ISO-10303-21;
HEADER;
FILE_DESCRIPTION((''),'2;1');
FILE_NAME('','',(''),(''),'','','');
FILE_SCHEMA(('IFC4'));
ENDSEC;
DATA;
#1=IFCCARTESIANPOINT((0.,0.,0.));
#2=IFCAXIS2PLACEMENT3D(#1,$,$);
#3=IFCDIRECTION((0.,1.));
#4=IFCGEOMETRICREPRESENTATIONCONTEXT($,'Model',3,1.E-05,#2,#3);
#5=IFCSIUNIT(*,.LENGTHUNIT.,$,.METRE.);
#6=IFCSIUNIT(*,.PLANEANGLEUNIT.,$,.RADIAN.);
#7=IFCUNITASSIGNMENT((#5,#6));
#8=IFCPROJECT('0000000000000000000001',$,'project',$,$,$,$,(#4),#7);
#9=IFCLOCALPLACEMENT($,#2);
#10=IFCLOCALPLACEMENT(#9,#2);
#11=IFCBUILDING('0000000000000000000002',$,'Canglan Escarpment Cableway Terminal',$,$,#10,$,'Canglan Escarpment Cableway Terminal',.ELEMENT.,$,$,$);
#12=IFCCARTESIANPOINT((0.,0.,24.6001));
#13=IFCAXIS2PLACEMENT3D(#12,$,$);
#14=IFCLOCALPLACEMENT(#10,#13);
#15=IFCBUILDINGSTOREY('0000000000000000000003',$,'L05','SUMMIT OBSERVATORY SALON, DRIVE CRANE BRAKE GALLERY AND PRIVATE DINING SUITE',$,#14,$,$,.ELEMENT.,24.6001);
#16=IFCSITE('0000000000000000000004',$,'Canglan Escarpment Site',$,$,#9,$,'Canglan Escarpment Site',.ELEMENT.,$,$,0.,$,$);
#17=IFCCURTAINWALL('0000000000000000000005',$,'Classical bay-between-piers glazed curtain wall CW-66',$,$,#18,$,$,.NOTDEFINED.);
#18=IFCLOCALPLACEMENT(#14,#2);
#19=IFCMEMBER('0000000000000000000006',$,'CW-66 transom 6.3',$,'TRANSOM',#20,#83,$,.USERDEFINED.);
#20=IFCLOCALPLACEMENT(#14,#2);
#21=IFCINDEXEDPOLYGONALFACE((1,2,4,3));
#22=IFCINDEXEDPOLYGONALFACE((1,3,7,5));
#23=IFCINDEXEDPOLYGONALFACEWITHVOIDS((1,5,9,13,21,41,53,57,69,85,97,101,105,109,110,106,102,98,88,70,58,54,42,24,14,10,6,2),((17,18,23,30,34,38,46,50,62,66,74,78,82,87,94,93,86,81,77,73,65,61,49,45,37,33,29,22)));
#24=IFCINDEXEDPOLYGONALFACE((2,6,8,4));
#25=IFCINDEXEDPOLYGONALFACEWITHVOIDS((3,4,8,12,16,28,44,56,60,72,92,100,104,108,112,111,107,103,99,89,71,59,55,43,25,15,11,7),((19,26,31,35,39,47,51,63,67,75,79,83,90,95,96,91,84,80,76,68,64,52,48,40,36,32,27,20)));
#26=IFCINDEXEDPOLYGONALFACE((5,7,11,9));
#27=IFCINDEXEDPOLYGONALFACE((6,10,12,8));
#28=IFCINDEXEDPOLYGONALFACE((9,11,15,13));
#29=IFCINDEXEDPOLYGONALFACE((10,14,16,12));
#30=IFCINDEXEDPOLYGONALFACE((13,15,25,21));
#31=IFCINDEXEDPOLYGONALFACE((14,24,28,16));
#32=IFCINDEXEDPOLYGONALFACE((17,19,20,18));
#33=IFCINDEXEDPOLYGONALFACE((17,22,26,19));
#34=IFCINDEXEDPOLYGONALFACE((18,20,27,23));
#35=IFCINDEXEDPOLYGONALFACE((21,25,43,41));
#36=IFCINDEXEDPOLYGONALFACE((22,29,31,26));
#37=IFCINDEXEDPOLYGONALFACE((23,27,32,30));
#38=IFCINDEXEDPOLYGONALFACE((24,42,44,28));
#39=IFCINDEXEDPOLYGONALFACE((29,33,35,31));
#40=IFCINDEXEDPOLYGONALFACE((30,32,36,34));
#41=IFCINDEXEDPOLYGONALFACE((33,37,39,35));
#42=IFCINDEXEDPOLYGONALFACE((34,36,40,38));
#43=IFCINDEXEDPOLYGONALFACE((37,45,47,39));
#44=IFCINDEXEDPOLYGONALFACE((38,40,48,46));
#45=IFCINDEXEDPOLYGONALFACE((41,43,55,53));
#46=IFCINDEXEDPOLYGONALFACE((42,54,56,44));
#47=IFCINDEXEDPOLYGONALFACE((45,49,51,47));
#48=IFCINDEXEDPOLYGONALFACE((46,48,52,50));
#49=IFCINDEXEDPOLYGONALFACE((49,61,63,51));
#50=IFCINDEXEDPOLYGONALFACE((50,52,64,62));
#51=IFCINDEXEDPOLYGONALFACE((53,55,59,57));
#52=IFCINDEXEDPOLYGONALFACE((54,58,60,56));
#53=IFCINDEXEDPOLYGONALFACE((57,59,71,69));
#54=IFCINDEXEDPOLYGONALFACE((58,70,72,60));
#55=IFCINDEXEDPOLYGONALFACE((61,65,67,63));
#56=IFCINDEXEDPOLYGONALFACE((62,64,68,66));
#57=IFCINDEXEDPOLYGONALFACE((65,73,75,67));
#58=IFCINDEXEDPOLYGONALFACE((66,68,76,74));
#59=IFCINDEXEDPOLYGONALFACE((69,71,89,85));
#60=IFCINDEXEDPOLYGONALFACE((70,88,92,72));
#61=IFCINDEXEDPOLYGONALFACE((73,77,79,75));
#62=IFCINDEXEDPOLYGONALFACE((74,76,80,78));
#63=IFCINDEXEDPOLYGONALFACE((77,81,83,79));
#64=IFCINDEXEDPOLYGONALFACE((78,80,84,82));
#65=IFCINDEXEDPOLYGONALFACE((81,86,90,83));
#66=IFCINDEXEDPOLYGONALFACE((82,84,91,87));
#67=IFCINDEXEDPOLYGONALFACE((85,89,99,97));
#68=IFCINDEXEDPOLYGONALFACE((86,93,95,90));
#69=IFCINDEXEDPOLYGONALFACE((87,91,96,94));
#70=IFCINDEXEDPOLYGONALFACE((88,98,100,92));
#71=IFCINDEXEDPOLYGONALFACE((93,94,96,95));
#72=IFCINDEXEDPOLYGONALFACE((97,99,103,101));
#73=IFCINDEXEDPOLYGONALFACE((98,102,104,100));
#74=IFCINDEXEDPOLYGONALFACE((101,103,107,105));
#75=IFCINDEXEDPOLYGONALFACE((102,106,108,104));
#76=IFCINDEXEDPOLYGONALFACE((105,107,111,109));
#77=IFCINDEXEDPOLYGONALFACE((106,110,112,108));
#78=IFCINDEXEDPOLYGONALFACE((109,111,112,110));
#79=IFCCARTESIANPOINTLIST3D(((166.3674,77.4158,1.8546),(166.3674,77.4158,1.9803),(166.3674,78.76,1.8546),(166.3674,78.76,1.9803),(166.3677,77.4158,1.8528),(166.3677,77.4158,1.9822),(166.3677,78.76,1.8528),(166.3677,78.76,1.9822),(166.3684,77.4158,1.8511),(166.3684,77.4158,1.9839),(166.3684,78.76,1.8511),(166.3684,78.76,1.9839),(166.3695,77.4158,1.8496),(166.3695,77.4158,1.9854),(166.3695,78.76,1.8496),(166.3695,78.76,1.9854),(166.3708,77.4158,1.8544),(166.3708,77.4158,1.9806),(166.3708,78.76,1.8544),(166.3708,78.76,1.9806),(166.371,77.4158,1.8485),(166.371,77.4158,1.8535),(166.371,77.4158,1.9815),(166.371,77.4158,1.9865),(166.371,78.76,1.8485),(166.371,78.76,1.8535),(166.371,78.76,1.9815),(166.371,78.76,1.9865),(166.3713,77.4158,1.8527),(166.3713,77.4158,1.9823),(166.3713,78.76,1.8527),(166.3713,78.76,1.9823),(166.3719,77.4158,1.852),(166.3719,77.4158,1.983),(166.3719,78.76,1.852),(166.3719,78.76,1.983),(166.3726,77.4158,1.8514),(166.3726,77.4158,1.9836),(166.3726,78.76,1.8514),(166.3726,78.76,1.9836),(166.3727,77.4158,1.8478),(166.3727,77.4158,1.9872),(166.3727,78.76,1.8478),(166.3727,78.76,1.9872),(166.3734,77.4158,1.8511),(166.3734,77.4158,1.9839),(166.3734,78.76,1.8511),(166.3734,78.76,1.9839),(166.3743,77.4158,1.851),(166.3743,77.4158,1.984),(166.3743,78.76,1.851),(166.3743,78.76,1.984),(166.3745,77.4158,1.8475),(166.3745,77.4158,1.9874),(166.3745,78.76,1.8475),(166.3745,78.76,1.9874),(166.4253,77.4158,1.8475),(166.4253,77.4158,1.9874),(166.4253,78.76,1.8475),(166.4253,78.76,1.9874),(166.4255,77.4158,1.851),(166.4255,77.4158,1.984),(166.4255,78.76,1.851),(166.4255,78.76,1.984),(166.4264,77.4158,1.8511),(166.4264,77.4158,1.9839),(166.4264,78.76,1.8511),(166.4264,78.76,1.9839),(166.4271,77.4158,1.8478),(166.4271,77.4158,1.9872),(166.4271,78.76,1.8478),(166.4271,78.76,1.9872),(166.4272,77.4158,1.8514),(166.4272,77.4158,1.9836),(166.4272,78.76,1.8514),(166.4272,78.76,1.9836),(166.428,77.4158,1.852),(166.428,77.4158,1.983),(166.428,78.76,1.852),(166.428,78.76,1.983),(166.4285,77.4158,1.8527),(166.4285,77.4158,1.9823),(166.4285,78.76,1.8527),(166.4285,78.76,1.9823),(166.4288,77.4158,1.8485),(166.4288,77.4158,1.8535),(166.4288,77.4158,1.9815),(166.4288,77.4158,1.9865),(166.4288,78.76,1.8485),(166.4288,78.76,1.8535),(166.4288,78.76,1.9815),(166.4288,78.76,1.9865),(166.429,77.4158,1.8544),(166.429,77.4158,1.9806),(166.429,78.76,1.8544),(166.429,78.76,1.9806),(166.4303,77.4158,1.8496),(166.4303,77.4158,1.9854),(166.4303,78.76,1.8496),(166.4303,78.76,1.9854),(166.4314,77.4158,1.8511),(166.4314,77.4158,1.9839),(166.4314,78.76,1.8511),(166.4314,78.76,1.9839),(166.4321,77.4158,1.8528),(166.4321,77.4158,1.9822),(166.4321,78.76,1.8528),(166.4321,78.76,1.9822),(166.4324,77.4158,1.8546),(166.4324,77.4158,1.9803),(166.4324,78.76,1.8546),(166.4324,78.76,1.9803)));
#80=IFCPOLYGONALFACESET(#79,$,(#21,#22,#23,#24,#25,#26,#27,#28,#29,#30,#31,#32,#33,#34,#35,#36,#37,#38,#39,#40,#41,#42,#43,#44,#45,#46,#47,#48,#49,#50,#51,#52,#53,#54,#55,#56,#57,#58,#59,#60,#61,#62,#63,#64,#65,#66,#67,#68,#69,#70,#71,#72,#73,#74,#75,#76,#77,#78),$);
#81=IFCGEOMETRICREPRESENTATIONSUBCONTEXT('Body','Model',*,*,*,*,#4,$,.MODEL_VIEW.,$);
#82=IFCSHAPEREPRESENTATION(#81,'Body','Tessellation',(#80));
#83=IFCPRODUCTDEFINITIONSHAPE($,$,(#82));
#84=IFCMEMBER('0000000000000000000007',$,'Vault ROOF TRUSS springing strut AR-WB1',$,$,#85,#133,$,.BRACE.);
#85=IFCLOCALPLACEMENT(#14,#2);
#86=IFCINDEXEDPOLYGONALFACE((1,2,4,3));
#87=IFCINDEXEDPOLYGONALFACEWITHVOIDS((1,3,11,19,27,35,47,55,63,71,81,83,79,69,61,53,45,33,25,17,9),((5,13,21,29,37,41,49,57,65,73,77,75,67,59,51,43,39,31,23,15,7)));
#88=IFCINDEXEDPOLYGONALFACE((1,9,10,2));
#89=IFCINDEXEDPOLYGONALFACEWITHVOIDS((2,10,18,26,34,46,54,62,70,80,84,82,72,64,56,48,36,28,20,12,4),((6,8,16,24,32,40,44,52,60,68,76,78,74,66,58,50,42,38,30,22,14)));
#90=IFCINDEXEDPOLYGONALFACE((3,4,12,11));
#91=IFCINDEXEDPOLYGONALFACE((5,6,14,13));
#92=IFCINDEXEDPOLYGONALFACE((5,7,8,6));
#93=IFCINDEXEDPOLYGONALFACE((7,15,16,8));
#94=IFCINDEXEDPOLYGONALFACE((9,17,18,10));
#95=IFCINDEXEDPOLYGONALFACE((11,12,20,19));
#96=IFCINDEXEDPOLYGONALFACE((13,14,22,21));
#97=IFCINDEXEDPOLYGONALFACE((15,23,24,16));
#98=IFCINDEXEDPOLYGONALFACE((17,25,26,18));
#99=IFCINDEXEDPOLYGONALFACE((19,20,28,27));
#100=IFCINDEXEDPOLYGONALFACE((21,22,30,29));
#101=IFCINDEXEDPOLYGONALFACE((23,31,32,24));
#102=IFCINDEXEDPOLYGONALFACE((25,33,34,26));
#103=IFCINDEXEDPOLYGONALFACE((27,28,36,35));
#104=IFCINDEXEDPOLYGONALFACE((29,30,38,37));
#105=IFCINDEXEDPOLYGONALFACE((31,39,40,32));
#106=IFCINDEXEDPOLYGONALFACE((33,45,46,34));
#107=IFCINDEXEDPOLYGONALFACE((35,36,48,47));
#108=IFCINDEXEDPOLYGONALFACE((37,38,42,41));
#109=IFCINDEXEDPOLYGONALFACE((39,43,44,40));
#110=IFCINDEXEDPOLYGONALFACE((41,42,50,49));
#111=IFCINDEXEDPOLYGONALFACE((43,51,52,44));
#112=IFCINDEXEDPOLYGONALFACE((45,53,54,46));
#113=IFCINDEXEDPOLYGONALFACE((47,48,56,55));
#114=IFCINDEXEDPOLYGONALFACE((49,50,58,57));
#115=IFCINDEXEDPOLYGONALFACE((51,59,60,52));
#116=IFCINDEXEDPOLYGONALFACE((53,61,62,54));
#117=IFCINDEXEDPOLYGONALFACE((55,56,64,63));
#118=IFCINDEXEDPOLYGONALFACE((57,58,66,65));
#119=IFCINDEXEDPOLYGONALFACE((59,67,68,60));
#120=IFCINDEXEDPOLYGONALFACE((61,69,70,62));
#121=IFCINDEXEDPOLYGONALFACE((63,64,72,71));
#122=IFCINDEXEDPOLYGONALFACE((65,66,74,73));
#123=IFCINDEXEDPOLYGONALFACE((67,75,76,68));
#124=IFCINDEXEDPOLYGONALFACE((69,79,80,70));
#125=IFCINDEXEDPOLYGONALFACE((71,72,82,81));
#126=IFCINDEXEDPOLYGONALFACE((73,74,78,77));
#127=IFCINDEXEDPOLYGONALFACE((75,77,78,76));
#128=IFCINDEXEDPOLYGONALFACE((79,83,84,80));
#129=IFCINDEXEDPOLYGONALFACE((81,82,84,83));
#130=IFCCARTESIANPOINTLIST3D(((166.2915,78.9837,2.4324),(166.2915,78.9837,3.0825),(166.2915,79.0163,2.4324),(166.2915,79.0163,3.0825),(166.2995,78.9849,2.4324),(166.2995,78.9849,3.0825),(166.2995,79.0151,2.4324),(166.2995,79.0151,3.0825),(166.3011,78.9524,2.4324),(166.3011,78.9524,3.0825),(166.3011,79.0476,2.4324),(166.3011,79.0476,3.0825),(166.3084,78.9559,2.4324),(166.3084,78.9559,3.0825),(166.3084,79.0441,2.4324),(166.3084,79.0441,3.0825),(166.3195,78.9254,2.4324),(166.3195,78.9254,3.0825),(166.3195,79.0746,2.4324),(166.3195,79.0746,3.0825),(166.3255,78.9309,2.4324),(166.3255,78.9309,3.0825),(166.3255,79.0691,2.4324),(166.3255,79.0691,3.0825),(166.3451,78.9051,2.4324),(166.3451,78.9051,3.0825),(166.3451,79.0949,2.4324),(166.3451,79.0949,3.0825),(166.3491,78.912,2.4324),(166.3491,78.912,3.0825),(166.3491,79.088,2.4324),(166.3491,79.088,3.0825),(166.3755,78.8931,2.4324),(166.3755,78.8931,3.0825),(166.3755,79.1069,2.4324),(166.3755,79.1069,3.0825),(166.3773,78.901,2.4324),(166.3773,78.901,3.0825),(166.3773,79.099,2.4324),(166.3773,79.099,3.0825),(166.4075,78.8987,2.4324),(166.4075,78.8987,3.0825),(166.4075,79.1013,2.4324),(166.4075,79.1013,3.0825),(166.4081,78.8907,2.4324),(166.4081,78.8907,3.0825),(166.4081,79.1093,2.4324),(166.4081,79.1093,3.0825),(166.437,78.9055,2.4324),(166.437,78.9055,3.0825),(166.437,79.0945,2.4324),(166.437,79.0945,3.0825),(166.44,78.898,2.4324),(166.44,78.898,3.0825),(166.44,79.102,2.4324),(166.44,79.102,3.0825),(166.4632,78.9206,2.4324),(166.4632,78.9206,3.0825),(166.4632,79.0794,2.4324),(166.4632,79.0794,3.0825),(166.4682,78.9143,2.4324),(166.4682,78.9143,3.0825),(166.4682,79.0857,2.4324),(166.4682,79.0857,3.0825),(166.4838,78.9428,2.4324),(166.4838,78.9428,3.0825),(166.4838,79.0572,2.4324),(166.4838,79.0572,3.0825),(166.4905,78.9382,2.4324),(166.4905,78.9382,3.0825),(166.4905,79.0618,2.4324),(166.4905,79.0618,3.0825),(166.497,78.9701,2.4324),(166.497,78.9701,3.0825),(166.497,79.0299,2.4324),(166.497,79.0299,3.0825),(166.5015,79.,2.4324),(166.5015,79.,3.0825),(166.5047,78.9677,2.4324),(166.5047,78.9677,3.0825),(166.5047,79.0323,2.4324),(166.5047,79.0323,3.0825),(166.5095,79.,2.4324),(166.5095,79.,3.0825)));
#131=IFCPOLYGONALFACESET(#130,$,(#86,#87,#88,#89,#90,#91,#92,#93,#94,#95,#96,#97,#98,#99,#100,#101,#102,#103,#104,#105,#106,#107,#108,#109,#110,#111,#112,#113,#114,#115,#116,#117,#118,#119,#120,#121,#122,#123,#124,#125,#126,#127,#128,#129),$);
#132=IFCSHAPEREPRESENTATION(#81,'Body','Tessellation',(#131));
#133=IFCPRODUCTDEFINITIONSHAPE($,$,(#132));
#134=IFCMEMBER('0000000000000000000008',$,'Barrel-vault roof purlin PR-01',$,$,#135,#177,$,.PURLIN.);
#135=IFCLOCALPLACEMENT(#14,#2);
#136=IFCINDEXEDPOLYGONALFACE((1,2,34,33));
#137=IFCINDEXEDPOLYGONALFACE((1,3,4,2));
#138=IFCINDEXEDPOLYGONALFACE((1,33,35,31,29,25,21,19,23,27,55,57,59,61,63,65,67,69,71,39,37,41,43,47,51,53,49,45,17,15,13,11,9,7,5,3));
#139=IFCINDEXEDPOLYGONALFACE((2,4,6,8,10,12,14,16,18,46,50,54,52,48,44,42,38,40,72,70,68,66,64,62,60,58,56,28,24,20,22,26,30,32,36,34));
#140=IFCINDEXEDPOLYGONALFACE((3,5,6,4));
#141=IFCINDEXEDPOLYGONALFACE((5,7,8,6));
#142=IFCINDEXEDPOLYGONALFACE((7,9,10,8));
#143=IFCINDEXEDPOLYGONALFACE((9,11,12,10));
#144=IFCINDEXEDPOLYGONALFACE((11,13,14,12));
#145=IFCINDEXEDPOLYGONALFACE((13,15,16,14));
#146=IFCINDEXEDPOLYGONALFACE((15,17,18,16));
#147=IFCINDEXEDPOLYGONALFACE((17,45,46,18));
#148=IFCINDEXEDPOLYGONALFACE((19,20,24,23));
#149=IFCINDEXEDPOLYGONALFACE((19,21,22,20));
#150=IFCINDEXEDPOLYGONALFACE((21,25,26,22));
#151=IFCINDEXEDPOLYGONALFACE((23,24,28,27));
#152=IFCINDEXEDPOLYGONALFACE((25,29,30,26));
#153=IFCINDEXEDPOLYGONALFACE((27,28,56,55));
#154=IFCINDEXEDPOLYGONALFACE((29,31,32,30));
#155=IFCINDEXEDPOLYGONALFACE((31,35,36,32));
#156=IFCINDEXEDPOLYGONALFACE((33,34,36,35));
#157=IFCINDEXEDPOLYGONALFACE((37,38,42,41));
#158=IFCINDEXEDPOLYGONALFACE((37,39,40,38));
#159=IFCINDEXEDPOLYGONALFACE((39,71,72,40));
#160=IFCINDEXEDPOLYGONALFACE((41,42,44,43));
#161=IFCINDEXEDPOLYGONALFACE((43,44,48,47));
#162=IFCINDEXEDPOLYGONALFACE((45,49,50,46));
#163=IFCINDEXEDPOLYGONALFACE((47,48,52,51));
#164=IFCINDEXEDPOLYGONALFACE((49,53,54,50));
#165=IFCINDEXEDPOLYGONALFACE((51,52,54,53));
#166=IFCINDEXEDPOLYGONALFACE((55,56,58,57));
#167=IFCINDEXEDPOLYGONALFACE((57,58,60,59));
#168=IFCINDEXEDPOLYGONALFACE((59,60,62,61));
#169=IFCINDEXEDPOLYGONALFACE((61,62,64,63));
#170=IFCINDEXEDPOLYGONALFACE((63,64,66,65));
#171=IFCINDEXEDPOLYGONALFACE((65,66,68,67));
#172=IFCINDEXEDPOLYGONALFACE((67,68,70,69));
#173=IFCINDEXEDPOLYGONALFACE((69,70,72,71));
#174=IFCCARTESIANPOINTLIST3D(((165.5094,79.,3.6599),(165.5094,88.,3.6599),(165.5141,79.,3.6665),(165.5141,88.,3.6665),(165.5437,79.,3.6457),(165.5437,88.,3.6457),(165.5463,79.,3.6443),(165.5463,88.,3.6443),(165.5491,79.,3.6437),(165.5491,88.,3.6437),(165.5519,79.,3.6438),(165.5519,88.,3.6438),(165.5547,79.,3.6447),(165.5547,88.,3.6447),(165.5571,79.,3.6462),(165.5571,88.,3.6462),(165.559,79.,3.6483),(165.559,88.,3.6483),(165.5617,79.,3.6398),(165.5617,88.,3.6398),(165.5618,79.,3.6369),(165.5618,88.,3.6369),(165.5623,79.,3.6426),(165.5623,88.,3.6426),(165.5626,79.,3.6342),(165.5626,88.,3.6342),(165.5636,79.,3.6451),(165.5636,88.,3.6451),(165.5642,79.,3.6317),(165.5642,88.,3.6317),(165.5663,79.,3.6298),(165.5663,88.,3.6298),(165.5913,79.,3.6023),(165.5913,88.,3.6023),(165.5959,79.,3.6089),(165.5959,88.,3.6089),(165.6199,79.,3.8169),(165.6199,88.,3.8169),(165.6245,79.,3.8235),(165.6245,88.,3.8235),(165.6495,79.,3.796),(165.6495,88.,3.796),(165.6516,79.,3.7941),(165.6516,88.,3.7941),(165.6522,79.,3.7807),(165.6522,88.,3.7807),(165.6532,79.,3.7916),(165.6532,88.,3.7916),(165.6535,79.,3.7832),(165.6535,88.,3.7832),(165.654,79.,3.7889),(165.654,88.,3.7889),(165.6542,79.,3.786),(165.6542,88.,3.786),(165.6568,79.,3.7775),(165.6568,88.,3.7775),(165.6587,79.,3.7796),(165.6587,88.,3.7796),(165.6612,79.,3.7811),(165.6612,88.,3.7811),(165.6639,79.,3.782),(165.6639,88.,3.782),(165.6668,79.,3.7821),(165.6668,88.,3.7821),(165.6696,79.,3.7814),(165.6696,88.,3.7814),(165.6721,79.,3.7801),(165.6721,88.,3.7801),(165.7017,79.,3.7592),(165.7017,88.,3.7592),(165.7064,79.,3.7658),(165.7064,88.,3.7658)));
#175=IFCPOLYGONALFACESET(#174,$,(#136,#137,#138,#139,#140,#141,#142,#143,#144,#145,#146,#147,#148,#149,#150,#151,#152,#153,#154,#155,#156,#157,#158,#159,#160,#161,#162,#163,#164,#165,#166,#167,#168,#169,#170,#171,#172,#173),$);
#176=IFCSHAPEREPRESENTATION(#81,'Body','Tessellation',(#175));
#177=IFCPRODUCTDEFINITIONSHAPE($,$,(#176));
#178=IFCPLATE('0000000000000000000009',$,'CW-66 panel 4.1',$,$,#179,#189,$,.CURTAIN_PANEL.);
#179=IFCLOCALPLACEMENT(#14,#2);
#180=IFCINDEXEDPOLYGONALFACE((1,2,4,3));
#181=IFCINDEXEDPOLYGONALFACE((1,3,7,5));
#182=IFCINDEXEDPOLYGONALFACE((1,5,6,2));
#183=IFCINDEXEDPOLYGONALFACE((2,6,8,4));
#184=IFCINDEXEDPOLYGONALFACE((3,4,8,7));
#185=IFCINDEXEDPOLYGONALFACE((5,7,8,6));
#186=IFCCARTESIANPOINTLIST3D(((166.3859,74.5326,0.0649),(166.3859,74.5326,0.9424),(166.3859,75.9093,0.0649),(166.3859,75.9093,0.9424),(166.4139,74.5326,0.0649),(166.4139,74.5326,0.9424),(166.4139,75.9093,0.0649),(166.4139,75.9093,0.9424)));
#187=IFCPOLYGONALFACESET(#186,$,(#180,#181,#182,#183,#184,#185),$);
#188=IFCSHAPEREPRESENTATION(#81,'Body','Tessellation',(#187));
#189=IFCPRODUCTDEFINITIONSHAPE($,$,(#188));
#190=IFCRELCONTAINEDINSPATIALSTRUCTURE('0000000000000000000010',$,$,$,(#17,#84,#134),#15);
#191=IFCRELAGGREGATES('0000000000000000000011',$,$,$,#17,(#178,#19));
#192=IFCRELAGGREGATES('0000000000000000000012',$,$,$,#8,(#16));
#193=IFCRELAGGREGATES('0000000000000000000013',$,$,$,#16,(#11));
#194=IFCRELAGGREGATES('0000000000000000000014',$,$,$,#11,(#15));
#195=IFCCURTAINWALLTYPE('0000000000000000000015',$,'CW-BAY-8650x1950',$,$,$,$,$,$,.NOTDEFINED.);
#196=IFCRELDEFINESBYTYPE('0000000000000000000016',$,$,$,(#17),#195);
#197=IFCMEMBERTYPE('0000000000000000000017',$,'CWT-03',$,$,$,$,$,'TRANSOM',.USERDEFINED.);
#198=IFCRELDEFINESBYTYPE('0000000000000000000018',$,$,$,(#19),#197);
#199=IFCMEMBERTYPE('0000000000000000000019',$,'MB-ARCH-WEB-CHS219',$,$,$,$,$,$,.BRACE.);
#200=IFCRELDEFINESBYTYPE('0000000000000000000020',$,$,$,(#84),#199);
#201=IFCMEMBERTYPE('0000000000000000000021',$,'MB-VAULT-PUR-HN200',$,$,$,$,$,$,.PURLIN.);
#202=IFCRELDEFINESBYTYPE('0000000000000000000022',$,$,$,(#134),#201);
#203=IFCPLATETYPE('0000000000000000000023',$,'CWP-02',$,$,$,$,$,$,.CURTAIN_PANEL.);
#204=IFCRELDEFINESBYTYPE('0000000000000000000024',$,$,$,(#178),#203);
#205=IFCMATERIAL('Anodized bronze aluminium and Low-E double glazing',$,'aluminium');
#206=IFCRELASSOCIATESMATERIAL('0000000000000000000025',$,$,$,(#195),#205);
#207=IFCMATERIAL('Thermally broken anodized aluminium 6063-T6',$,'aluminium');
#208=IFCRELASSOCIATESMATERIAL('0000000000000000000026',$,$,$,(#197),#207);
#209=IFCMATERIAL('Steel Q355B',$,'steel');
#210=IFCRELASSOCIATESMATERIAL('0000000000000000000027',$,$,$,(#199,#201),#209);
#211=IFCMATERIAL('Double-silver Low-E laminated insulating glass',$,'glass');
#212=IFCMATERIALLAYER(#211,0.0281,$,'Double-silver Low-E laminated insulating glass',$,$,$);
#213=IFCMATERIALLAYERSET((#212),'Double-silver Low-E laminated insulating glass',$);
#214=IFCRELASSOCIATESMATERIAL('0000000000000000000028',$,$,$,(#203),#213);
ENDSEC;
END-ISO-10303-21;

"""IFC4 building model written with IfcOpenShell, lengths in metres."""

from ifc_helpers import new_model, si_unit, direction, frame, origin, origin_2d, place, context, subcontext, project, spatial, rectangle, hollow_rectangle, hollow_circle, i_section, extrude, material, layer, layer_set, material_profile, profile_set, type_object, element, aggregate, save


model = new_model("IFC4")

# Units and contexts
model_context = context("Model", 3, precision=1e-05, world=origin(), true_north=direction((0.0, 1.0)))
body_context = subcontext(model_context, "Body", "Model", "MODEL_VIEW")
ifc_project = project(units=[si_unit("LENGTHUNIT", "METRE"), si_unit("PLANEANGLEUNIT", "RADIAN")], contexts=[model_context])

# Site, building, storey
site_placement = place(None, origin())
site = spatial("IfcSite", under=ifc_project, at=site_placement, Name="Canglan Escarpment Site", LongName="Canglan Escarpment Site", CompositionType="ELEMENT", RefElevation=0.0)
building_placement = place(site_placement, origin())
building = spatial("IfcBuilding", under=site, at=building_placement, Name="Canglan Escarpment Cableway Terminal", LongName="Canglan Escarpment Cableway Terminal", CompositionType="ELEMENT")
storey_placement = place(building_placement, frame((0.0, 0.0, 24.6001)))
storey = spatial("IfcBuildingStorey", under=building, at=storey_placement, Name="L05", Description="SUMMIT OBSERVATORY SALON, DRIVE CRANE BRAKE GALLERY AND PRIVATE DINING SUITE", CompositionType="ELEMENT", Elevation=24.6001)

# Shared definitions
ifc_material_1 = material(Name="Steel Q355B", Category="steel")

# Curtain wall
ifc_material_2 = material(Name="Anodized bronze aluminium and Low-E double glazing", Category="aluminium")
curtain_wall_type = type_object("IfcCurtainWallType", Name="CW-BAY-8650x1950", PredefinedType="NOTDEFINED", material=ifc_material_2)
ifc_material_3 = material(Name="Thermally broken anodized aluminium 6063-T6", Category="aluminium")
curtain_wall_1_placement = place(storey_placement, origin())
curtain_wall_1 = element("IfcCurtainWall", 1, at=curtain_wall_1_placement, inside=storey, type_object=curtain_wall_type, Name="Classical bay-between-piers glazed curtain wall CW-66", PredefinedType="NOTDEFINED")

# Member
ifc_material_profile_1 = material_profile(ifc_material_3, hollow_rectangle(XDim=0.0649, YDim=0.1399, WallThickness=0.0034, InnerFilletRadius=0.0034, OuterFilletRadius=0.0071, at=origin_2d()), Name="ALU-TRAN 65x140x3.5")
ifc_profile_set_1 = profile_set([ifc_material_profile_1], Name="Thermally broken anodized aluminium 6063-T6")
member_type_1 = type_object("IfcMemberType", Name="CWT-03", ElementType="TRANSOM", PredefinedType="USERDEFINED", material=ifc_profile_set_1)
member_1_placement = place(storey_placement, frame((166.3999, 77.4158, 1.9175), z_axis=(0.0, 1.0, 0.0), x_axis=(-1.0, 0.0, 0.0)))
member_1 = element("IfcMember", 2, at=member_1_placement, type_object=member_type_1, Name="CW-66 transom 6.3", ObjectType="TRANSOM", PredefinedType="USERDEFINED", context=body_context, shape_type="SweptSolid", body=[
    extrude(hollow_rectangle(XDim=0.0649, YDim=0.1399, WallThickness=0.0034, InnerFilletRadius=0.0034, OuterFilletRadius=0.0071, at=origin_2d()), origin(), (0.0, 0.0, 1.0), 1.3442),
])

# Members
ifc_material_profile_2 = material_profile(ifc_material_1, hollow_circle(Radius=0.1096, WallThickness=0.0081, at=origin_2d()), Name="CHS 219.1x8")
ifc_profile_set_2 = profile_set([ifc_material_profile_2], Name="Steel Q355B")
member_type_2 = type_object("IfcMemberType", Name="MB-ARCH-WEB-CHS219", PredefinedType="BRACE", material=ifc_profile_set_2)
member_2_placement = place(storey_placement, frame((166.3999, 79.0, 2.4324), z_axis=(0.0, 0.0, 1.0), x_axis=(1.0, 0.0, 0.0)))
element("IfcMember", 3, at=member_2_placement, inside=storey, type_object=member_type_2, Name="Vault ROOF TRUSS springing strut AR-WB1", PredefinedType="BRACE", context=body_context, shape_type="SweptSolid", body=[
    extrude(hollow_circle(Radius=0.1096, WallThickness=0.0081, at=origin_2d()), origin(), (0.0, 0.0, 1.0), 0.6501),
])
ifc_material_profile_3 = material_profile(ifc_material_1, i_section(OverallWidth=0.1001, OverallDepth=0.2, WebThickness=0.0056, FlangeThickness=0.0081, FilletRadius=0.011, at=origin_2d()), Name="HN 200x100x5.5x8")
ifc_profile_set_3 = profile_set([ifc_material_profile_3], Name="Steel Q355B")
member_type_3 = type_object("IfcMemberType", Name="MB-VAULT-PUR-HN200", PredefinedType="PURLIN", material=ifc_profile_set_3)
member_3_placement = place(storey_placement, frame((165.6079, 79.0, 3.7129), z_axis=(0.0, 1.0, 0.0), x_axis=(-0.817728, 0.0, 0.575605)))
element("IfcMember", 4, at=member_3_placement, inside=storey, type_object=member_type_3, Name="Barrel-vault roof purlin PR-01", PredefinedType="PURLIN", context=body_context, shape_type="SweptSolid", body=[
    extrude(i_section(OverallWidth=0.1001, OverallDepth=0.2, WebThickness=0.0056, FlangeThickness=0.0081, FilletRadius=0.011, at=origin_2d()), origin(), (0.0, 0.0, 1.0), 9.0),
])

# Plate
ifc_material_4 = material(Name="Double-silver Low-E laminated insulating glass", Category="glass")
ifc_layer_1 = layer(ifc_material_4, 0.0281, Name="Double-silver Low-E laminated insulating glass")
ifc_layer_set_1 = layer_set([ifc_layer_1], Name="Double-silver Low-E laminated insulating glass")
plate_type_1 = type_object("IfcPlateType", Name="CWP-02", PredefinedType="CURTAIN_PANEL", material=ifc_layer_set_1)
plate_1_placement = place(storey_placement, frame((166.3999, 75.2209, 0.0649), z_axis=(0.0, 0.0, 1.0), x_axis=(0.0, 1.0, 0.0)))
plate_1 = element("IfcPlate", 5, at=plate_1_placement, type_object=plate_type_1, Name="CW-66 panel 4.1", PredefinedType="CURTAIN_PANEL", context=body_context, shape_type="SweptSolid", body=[
    extrude(rectangle(XDim=1.3767, YDim=0.0281, at=origin_2d()), origin(), (0.0, 0.0, 1.0), 0.8774),
])
aggregate(curtain_wall_1, [plate_1, member_1])

save(model, "model.ifc")
